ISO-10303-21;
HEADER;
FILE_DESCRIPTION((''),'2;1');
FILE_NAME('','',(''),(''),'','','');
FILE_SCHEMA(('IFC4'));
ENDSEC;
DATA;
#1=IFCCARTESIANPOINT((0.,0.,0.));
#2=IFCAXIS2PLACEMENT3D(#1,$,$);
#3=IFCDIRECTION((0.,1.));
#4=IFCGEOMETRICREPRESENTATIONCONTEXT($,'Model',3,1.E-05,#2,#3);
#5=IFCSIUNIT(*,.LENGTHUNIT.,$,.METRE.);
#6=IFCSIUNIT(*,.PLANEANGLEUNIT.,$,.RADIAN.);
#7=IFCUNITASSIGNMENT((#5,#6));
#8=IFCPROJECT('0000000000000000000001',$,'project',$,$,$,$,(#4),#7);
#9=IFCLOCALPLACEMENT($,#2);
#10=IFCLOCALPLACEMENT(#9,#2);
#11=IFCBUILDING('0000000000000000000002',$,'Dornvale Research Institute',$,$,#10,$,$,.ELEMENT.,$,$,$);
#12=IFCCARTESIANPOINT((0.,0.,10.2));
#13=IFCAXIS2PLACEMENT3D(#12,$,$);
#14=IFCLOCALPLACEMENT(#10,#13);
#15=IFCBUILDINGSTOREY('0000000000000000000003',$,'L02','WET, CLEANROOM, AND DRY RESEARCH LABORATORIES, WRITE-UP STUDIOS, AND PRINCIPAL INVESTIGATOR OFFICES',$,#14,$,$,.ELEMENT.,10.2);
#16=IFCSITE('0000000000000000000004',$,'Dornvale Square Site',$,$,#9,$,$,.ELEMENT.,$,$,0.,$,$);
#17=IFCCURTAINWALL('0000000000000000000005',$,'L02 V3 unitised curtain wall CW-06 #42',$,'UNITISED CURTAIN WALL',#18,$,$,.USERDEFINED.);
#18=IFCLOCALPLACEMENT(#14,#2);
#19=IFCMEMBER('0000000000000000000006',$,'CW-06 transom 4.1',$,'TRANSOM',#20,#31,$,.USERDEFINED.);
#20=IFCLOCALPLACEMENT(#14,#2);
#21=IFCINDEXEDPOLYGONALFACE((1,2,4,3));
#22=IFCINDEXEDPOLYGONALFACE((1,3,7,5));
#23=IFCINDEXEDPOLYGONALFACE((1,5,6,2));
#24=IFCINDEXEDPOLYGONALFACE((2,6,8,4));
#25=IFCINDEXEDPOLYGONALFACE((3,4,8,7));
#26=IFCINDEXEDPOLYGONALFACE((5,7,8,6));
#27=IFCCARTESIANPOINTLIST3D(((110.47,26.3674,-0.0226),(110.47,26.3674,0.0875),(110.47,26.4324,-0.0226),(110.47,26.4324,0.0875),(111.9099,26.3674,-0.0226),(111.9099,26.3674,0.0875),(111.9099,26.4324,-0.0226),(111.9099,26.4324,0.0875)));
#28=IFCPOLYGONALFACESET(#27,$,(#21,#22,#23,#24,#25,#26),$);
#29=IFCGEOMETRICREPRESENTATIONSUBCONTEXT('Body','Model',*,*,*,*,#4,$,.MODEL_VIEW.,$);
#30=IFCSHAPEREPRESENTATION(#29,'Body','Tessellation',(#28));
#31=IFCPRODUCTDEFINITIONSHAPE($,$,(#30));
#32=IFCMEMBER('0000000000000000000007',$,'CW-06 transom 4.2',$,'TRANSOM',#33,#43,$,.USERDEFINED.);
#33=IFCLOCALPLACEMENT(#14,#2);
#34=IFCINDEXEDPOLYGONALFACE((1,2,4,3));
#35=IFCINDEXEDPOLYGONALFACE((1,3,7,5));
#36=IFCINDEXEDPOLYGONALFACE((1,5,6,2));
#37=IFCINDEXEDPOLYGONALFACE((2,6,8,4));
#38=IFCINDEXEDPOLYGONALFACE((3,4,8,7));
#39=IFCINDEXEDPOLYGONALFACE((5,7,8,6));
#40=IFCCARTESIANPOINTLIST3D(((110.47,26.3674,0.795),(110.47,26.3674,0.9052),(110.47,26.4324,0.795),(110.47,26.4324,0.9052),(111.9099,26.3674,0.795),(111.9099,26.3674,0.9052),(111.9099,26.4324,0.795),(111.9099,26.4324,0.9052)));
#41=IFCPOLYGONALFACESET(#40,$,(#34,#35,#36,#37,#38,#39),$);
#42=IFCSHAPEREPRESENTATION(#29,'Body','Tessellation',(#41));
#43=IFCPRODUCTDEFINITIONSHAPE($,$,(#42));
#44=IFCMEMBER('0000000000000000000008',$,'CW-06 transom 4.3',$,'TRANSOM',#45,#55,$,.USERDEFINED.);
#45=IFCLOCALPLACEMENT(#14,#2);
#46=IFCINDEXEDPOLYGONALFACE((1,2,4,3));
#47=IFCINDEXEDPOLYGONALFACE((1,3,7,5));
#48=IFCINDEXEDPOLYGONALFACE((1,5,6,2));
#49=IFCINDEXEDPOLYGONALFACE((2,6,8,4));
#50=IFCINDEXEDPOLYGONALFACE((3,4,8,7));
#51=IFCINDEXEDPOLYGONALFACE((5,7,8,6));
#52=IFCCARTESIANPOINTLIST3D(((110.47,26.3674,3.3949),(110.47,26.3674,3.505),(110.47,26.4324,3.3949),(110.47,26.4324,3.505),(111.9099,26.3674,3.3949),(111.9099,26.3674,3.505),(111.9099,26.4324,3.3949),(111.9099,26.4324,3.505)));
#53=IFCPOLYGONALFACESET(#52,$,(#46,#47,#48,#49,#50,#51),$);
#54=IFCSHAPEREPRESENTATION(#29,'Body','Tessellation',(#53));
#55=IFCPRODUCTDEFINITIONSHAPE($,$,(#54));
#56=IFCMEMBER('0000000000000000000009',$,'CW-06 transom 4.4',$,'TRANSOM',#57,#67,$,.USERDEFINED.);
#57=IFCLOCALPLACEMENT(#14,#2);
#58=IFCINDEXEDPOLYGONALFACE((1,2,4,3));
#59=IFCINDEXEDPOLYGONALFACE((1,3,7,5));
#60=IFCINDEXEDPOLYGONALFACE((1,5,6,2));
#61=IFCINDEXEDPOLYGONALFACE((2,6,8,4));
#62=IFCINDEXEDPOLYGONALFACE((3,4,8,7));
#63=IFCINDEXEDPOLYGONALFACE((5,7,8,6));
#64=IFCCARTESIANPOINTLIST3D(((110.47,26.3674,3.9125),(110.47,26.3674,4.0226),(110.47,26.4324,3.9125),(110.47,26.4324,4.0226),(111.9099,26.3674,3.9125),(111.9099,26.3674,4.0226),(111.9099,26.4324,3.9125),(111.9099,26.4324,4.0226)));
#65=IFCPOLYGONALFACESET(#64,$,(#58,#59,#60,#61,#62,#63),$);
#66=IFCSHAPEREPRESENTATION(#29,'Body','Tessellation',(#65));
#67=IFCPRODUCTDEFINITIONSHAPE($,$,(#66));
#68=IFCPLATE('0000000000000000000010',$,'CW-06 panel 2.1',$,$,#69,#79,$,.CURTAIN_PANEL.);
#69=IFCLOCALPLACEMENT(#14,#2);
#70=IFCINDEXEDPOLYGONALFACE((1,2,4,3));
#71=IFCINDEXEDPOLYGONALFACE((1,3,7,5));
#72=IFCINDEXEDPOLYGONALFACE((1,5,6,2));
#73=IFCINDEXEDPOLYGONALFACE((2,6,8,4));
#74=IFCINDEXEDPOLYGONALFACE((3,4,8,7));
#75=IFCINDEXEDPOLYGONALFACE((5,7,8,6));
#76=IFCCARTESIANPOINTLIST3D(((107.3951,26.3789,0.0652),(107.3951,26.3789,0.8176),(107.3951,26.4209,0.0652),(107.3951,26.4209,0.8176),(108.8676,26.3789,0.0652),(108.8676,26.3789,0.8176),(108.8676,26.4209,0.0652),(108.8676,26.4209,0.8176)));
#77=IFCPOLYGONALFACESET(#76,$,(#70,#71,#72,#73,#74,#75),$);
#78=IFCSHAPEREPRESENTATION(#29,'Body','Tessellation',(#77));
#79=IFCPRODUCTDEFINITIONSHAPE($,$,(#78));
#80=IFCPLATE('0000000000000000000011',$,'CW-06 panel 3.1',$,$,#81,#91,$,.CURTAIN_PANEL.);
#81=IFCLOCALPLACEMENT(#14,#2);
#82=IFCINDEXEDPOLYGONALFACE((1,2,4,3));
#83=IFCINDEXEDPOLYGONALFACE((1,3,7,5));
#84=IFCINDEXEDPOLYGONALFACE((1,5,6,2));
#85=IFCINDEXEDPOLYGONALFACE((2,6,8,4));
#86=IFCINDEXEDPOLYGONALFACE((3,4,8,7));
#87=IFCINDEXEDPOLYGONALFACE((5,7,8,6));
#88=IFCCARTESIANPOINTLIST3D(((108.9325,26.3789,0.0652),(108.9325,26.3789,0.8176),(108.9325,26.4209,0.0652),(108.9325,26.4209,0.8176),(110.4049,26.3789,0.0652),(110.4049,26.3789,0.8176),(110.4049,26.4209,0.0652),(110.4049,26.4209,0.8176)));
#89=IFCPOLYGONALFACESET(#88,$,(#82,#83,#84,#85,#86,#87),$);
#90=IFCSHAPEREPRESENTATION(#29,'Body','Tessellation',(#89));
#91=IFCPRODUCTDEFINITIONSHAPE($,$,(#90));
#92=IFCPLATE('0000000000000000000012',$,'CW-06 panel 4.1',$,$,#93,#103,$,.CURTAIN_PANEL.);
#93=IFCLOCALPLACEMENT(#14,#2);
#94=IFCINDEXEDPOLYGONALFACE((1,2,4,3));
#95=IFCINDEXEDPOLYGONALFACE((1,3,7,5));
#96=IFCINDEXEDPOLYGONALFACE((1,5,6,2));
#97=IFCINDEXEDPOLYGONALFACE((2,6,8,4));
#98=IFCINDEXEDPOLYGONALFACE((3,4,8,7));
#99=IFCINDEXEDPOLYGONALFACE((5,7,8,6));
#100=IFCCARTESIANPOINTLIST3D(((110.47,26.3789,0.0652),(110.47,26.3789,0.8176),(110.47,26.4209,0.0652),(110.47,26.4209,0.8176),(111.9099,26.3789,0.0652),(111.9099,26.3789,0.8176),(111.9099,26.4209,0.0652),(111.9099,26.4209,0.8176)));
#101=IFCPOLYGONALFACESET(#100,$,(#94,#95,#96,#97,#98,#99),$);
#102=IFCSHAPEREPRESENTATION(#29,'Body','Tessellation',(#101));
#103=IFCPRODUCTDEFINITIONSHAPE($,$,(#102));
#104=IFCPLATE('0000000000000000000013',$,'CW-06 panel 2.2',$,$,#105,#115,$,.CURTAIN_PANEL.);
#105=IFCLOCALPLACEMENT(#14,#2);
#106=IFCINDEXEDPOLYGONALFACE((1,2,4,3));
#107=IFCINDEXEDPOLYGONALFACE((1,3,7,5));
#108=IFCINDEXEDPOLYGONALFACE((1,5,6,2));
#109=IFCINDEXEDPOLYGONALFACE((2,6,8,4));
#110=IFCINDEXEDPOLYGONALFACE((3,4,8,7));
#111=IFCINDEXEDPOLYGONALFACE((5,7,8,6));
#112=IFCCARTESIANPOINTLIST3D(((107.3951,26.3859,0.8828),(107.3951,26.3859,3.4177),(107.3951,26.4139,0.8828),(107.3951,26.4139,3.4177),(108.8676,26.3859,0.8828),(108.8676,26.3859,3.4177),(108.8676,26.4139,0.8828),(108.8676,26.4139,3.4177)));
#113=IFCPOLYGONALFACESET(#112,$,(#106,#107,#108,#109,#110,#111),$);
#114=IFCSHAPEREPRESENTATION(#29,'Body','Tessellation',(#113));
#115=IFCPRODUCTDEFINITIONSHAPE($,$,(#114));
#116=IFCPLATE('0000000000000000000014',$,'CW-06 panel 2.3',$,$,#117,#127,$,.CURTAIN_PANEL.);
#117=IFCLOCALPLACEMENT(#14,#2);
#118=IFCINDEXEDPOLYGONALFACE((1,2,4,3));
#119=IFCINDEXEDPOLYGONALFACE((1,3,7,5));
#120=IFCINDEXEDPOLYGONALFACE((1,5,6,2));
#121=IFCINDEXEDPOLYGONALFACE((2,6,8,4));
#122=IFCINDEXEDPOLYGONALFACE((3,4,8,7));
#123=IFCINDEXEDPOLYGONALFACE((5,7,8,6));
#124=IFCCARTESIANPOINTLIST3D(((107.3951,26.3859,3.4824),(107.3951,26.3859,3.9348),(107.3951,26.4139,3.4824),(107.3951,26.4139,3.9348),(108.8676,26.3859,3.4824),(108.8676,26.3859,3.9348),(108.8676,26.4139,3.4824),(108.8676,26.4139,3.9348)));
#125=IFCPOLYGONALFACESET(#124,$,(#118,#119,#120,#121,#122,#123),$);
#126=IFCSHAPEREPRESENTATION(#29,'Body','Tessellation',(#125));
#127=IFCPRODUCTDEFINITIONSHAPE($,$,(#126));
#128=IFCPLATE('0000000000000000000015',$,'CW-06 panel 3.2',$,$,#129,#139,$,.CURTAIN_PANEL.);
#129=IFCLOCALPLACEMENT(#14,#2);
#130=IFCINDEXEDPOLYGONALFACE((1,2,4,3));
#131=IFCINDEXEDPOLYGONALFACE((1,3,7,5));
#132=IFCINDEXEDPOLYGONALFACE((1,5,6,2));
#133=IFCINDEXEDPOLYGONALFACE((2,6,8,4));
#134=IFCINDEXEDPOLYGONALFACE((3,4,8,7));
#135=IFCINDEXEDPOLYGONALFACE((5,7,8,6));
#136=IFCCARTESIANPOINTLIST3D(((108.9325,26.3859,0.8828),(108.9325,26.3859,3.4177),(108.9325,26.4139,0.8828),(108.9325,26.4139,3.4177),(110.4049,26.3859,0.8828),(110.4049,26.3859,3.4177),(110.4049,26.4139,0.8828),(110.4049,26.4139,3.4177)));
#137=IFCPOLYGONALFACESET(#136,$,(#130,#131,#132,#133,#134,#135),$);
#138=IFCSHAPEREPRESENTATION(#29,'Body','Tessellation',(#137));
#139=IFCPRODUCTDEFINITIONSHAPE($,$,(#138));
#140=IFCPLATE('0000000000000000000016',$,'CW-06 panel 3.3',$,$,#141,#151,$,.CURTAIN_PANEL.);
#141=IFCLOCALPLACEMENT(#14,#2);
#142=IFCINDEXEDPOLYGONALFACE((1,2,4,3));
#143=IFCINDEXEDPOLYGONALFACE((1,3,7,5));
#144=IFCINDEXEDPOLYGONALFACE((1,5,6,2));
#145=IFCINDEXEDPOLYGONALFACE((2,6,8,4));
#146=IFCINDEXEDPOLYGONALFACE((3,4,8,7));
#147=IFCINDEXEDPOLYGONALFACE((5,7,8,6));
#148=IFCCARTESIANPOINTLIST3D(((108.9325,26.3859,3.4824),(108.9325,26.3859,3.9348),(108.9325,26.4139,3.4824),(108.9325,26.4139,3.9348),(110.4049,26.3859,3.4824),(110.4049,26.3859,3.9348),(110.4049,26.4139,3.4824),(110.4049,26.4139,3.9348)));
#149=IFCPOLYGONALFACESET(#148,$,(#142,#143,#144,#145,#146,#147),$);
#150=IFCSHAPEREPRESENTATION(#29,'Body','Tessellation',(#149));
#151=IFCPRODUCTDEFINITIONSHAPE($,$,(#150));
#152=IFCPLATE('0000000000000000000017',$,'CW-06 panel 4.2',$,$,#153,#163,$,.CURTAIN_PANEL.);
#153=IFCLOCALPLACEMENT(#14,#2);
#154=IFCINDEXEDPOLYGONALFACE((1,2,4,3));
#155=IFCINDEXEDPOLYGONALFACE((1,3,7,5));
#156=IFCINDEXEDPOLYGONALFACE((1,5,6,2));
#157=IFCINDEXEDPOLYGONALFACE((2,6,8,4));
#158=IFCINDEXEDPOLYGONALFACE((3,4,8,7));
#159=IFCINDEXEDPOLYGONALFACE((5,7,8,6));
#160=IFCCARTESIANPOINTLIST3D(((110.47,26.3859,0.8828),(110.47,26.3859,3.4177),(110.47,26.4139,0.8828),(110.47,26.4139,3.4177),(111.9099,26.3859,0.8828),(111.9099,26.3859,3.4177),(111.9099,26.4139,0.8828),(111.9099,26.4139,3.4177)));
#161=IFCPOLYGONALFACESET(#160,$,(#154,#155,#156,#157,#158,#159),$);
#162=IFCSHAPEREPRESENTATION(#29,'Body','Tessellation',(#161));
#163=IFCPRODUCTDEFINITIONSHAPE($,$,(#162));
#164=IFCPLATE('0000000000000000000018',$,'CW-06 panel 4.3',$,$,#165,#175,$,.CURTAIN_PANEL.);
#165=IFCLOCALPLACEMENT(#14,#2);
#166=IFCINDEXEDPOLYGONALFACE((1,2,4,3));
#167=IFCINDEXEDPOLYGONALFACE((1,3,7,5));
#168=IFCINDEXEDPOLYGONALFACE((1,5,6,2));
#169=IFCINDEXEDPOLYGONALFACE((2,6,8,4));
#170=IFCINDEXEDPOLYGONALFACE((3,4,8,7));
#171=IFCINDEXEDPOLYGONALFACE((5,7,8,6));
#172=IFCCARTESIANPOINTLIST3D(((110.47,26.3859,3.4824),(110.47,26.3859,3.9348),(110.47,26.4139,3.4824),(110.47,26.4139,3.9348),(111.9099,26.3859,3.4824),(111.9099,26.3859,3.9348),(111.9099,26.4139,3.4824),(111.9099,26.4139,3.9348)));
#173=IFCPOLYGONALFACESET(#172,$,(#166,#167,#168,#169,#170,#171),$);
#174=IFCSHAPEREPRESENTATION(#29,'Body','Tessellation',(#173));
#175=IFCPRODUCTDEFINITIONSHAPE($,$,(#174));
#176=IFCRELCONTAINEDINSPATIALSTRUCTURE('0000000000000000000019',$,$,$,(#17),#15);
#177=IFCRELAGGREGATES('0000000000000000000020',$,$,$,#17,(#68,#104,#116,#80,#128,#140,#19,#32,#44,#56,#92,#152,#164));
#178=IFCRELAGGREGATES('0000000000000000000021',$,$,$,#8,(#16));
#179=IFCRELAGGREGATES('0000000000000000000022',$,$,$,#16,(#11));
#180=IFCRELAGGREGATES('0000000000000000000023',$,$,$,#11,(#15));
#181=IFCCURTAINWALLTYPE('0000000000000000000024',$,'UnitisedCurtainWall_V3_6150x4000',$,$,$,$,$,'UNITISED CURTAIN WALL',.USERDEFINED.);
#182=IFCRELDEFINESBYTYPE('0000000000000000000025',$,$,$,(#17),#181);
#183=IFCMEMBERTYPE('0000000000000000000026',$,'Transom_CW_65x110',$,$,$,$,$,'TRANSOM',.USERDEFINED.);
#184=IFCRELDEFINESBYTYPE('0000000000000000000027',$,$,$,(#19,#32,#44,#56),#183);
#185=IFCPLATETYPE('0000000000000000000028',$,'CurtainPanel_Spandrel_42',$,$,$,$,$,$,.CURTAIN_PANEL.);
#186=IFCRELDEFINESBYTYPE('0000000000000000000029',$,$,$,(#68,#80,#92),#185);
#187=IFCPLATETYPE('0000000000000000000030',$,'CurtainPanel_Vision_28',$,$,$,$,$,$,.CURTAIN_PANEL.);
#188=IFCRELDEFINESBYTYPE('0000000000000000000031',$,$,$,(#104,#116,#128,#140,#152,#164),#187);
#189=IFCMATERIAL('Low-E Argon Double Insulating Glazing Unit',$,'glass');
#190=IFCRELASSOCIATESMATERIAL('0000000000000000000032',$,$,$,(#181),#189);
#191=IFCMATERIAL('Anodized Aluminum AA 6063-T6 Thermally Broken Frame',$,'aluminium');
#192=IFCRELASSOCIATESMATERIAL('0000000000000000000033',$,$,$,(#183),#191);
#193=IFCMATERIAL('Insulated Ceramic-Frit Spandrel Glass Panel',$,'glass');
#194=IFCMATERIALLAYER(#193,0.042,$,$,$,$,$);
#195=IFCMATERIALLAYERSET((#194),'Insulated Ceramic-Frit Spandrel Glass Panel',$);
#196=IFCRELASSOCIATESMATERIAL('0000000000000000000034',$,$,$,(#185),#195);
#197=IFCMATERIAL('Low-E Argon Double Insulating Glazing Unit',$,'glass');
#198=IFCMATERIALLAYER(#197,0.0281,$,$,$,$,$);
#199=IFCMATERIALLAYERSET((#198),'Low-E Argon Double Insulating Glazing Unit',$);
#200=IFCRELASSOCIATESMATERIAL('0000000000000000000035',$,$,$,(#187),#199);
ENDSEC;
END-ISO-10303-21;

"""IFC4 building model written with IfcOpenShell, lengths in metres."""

from ifc_helpers import new_model, si_unit, direction, frame, origin, origin_2d, place, context, subcontext, project, spatial, rectangle, extrude, material, layer, layer_set, material_profile, profile_set, type_object, element, aggregate, save


model = new_model("IFC4")

# Units and contexts
model_context = context("Model", 3, precision=1e-05, world=origin(), true_north=direction((0.0, 1.0)))
body_context = subcontext(model_context, "Body", "Model", "MODEL_VIEW")
ifc_project = project(units=[si_unit("LENGTHUNIT", "METRE"), si_unit("PLANEANGLEUNIT", "RADIAN")], contexts=[model_context])

# Site, building, storey
site_placement = place(None, origin())
site = spatial("IfcSite", under=ifc_project, at=site_placement, Name="Dornvale Square Site", CompositionType="ELEMENT", RefElevation=0.0)
building_placement = place(site_placement, origin())
building = spatial("IfcBuilding", under=site, at=building_placement, Name="Dornvale Research Institute", CompositionType="ELEMENT")
storey_placement = place(building_placement, frame((0.0, 0.0, 10.2)))
storey = spatial("IfcBuildingStorey", under=building, at=storey_placement, Name="L02", Description="WET, CLEANROOM, AND DRY RESEARCH LABORATORIES, WRITE-UP STUDIOS, AND PRINCIPAL INVESTIGATOR OFFICES", CompositionType="ELEMENT", Elevation=10.2)

# Curtain wall, members, plates
ifc_material_1 = material(Name="Low-E Argon Double Insulating Glazing Unit", Category="glass")
curtain_wall_type = type_object("IfcCurtainWallType", Name="UnitisedCurtainWall_V3_6150x4000", ElementType="UNITISED CURTAIN WALL", PredefinedType="USERDEFINED", material=ifc_material_1)
curtain_wall_placement = place(storey_placement, origin())
curtain_wall = element("IfcCurtainWall", 1, at=curtain_wall_placement, inside=storey, type_object=curtain_wall_type, Name="L02 V3 unitised curtain wall CW-06 #42", ObjectType="UNITISED CURTAIN WALL", PredefinedType="USERDEFINED")
ifc_material_2 = material(Name="Anodized Aluminum AA 6063-T6 Thermally Broken Frame", Category="aluminium")
ifc_material_profile_1 = material_profile(ifc_material_2, rectangle(XDim=0.0649, YDim=0.1101, at=origin_2d()), Name="ALU TRANSOM 65x110")
ifc_profile_set_1 = profile_set([ifc_material_profile_1], Name="Anodized Aluminum AA 6063-T6 Thermally Broken Frame")
member_type_1 = type_object("IfcMemberType", Name="Transom_CW_65x110", ElementType="TRANSOM", PredefinedType="USERDEFINED", material=ifc_profile_set_1)
member_1_placement = place(storey_placement, frame((110.47, 26.3999, 0.0325), z_axis=(1.0, 0.0, 0.0), x_axis=(0.0, 1.0, 0.0)))
member_1 = element("IfcMember", 2, at=member_1_placement, type_object=member_type_1, Name="CW-06 transom 4.1", ObjectType="TRANSOM", PredefinedType="USERDEFINED", context=body_context, shape_type="SweptSolid", body=[
    extrude(rectangle(XDim=0.0649, YDim=0.1101, at=origin_2d()), origin(), (0.0, 0.0, 1.0), 1.4399),
])
member_2_placement = place(storey_placement, frame((110.47, 26.3999, 0.8501), z_axis=(1.0, 0.0, 0.0), x_axis=(0.0, 1.0, 0.0)))
member_2 = element("IfcMember", 3, at=member_2_placement, type_object=member_type_1, Name="CW-06 transom 4.2", ObjectType="TRANSOM", PredefinedType="USERDEFINED", context=body_context, shape_type="SweptSolid", body=[
    extrude(rectangle(XDim=0.0649, YDim=0.1101, at=origin_2d()), origin(), (0.0, 0.0, 1.0), 1.4399),
])
member_3_placement = place(storey_placement, frame((110.47, 26.3999, 3.45), z_axis=(1.0, 0.0, 0.0), x_axis=(0.0, 1.0, 0.0)))
member_3 = element("IfcMember", 4, at=member_3_placement, type_object=member_type_1, Name="CW-06 transom 4.3", ObjectType="TRANSOM", PredefinedType="USERDEFINED", context=body_context, shape_type="SweptSolid", body=[
    extrude(rectangle(XDim=0.0649, YDim=0.1101, at=origin_2d()), origin(), (0.0, 0.0, 1.0), 1.4399),
])
member_4_placement = place(storey_placement, frame((110.47, 26.3999, 3.9675), z_axis=(1.0, 0.0, 0.0), x_axis=(0.0, 1.0, 0.0)))
member_4 = element("IfcMember", 5, at=member_4_placement, type_object=member_type_1, Name="CW-06 transom 4.4", ObjectType="TRANSOM", PredefinedType="USERDEFINED", context=body_context, shape_type="SweptSolid", body=[
    extrude(rectangle(XDim=0.0649, YDim=0.1101, at=origin_2d()), origin(), (0.0, 0.0, 1.0), 1.4399),
])
ifc_material_3 = material(Name="Insulated Ceramic-Frit Spandrel Glass Panel", Category="glass")
ifc_layer_1 = layer(ifc_material_3, 0.042)
ifc_layer_set_1 = layer_set([ifc_layer_1], Name="Insulated Ceramic-Frit Spandrel Glass Panel")
plate_type_1 = type_object("IfcPlateType", Name="CurtainPanel_Spandrel_42", PredefinedType="CURTAIN_PANEL", material=ifc_layer_set_1)
plate_1_placement = place(storey_placement, frame((108.1313, 26.3999, 0.0652), z_axis=(0.0, 0.0, 1.0), x_axis=(1.0, 0.0, 0.0)))
plate_1 = element("IfcPlate", 6, at=plate_1_placement, type_object=plate_type_1, Name="CW-06 panel 2.1", PredefinedType="CURTAIN_PANEL", context=body_context, shape_type="SweptSolid", body=[
    extrude(rectangle(XDim=1.4724, YDim=0.042, at=origin_2d()), origin(), (0.0, 0.0, 1.0), 0.7524),
])
plate_2_placement = place(storey_placement, frame((109.6687, 26.3999, 0.0652), z_axis=(0.0, 0.0, 1.0), x_axis=(1.0, 0.0, 0.0)))
plate_2 = element("IfcPlate", 7, at=plate_2_placement, type_object=plate_type_1, Name="CW-06 panel 3.1", PredefinedType="CURTAIN_PANEL", context=body_context, shape_type="SweptSolid", body=[
    extrude(rectangle(XDim=1.4724, YDim=0.042, at=origin_2d()), origin(), (0.0, 0.0, 1.0), 0.7524),
])
plate_3_placement = place(storey_placement, frame((111.1899, 26.3999, 0.0652), z_axis=(0.0, 0.0, 1.0), x_axis=(1.0, 0.0, 0.0)))
plate_3 = element("IfcPlate", 8, at=plate_3_placement, type_object=plate_type_1, Name="CW-06 panel 4.1", PredefinedType="CURTAIN_PANEL", context=body_context, shape_type="SweptSolid", body=[
    extrude(rectangle(XDim=1.4399, YDim=0.042, at=origin_2d()), origin(), (0.0, 0.0, 1.0), 0.7524),
])
ifc_material_4 = material(Name="Low-E Argon Double Insulating Glazing Unit", Category="glass")
ifc_layer_2 = layer(ifc_material_4, 0.0281)
ifc_layer_set_2 = layer_set([ifc_layer_2], Name="Low-E Argon Double Insulating Glazing Unit")
plate_type_2 = type_object("IfcPlateType", Name="CurtainPanel_Vision_28", PredefinedType="CURTAIN_PANEL", material=ifc_layer_set_2)
plate_4_placement = place(storey_placement, frame((108.1313, 26.3999, 0.8828), z_axis=(0.0, 0.0, 1.0), x_axis=(1.0, 0.0, 0.0)))
plate_4 = element("IfcPlate", 9, at=plate_4_placement, type_object=plate_type_2, Name="CW-06 panel 2.2", PredefinedType="CURTAIN_PANEL", context=body_context, shape_type="SweptSolid", body=[
    extrude(rectangle(XDim=1.4724, YDim=0.0281, at=origin_2d()), origin(), (0.0, 0.0, 1.0), 2.5349),
])
plate_5_placement = place(storey_placement, frame((108.1313, 26.3999, 3.4824), z_axis=(0.0, 0.0, 1.0), x_axis=(1.0, 0.0, 0.0)))
plate_5 = element("IfcPlate", 10, at=plate_5_placement, type_object=plate_type_2, Name="CW-06 panel 2.3", PredefinedType="CURTAIN_PANEL", context=body_context, shape_type="SweptSolid", body=[
    extrude(rectangle(XDim=1.4724, YDim=0.0281, at=origin_2d()), origin(), (0.0, 0.0, 1.0), 0.4524),
])
plate_6_placement = place(storey_placement, frame((109.6687, 26.3999, 0.8828), z_axis=(0.0, 0.0, 1.0), x_axis=(1.0, 0.0, 0.0)))
plate_6 = element("IfcPlate", 11, at=plate_6_placement, type_object=plate_type_2, Name="CW-06 panel 3.2", PredefinedType="CURTAIN_PANEL", context=body_context, shape_type="SweptSolid", body=[
    extrude(rectangle(XDim=1.4724, YDim=0.0281, at=origin_2d()), origin(), (0.0, 0.0, 1.0), 2.5349),
])
plate_7_placement = place(storey_placement, frame((109.6687, 26.3999, 3.4824), z_axis=(0.0, 0.0, 1.0), x_axis=(1.0, 0.0, 0.0)))
plate_7 = element("IfcPlate", 12, at=plate_7_placement, type_object=plate_type_2, Name="CW-06 panel 3.3", PredefinedType="CURTAIN_PANEL", context=body_context, shape_type="SweptSolid", body=[
    extrude(rectangle(XDim=1.4724, YDim=0.0281, at=origin_2d()), origin(), (0.0, 0.0, 1.0), 0.4524),
])
plate_8_placement = place(storey_placement, frame((111.1899, 26.3999, 0.8828), z_axis=(0.0, 0.0, 1.0), x_axis=(1.0, 0.0, 0.0)))
plate_8 = element("IfcPlate", 13, at=plate_8_placement, type_object=plate_type_2, Name="CW-06 panel 4.2", PredefinedType="CURTAIN_PANEL", context=body_context, shape_type="SweptSolid", body=[
    extrude(rectangle(XDim=1.4399, YDim=0.0281, at=origin_2d()), origin(), (0.0, 0.0, 1.0), 2.5349),
])
plate_9_placement = place(storey_placement, frame((111.1899, 26.3999, 3.4824), z_axis=(0.0, 0.0, 1.0), x_axis=(1.0, 0.0, 0.0)))
plate_9 = element("IfcPlate", 14, at=plate_9_placement, type_object=plate_type_2, Name="CW-06 panel 4.3", PredefinedType="CURTAIN_PANEL", context=body_context, shape_type="SweptSolid", body=[
    extrude(rectangle(XDim=1.4399, YDim=0.0281, at=origin_2d()), origin(), (0.0, 0.0, 1.0), 0.4524),
])
aggregate(curtain_wall, [plate_1, plate_4, plate_5, plate_2, plate_6, plate_7, member_1, member_2, member_3, member_4, plate_3, plate_8, plate_9])

save(model, "model.ifc")
